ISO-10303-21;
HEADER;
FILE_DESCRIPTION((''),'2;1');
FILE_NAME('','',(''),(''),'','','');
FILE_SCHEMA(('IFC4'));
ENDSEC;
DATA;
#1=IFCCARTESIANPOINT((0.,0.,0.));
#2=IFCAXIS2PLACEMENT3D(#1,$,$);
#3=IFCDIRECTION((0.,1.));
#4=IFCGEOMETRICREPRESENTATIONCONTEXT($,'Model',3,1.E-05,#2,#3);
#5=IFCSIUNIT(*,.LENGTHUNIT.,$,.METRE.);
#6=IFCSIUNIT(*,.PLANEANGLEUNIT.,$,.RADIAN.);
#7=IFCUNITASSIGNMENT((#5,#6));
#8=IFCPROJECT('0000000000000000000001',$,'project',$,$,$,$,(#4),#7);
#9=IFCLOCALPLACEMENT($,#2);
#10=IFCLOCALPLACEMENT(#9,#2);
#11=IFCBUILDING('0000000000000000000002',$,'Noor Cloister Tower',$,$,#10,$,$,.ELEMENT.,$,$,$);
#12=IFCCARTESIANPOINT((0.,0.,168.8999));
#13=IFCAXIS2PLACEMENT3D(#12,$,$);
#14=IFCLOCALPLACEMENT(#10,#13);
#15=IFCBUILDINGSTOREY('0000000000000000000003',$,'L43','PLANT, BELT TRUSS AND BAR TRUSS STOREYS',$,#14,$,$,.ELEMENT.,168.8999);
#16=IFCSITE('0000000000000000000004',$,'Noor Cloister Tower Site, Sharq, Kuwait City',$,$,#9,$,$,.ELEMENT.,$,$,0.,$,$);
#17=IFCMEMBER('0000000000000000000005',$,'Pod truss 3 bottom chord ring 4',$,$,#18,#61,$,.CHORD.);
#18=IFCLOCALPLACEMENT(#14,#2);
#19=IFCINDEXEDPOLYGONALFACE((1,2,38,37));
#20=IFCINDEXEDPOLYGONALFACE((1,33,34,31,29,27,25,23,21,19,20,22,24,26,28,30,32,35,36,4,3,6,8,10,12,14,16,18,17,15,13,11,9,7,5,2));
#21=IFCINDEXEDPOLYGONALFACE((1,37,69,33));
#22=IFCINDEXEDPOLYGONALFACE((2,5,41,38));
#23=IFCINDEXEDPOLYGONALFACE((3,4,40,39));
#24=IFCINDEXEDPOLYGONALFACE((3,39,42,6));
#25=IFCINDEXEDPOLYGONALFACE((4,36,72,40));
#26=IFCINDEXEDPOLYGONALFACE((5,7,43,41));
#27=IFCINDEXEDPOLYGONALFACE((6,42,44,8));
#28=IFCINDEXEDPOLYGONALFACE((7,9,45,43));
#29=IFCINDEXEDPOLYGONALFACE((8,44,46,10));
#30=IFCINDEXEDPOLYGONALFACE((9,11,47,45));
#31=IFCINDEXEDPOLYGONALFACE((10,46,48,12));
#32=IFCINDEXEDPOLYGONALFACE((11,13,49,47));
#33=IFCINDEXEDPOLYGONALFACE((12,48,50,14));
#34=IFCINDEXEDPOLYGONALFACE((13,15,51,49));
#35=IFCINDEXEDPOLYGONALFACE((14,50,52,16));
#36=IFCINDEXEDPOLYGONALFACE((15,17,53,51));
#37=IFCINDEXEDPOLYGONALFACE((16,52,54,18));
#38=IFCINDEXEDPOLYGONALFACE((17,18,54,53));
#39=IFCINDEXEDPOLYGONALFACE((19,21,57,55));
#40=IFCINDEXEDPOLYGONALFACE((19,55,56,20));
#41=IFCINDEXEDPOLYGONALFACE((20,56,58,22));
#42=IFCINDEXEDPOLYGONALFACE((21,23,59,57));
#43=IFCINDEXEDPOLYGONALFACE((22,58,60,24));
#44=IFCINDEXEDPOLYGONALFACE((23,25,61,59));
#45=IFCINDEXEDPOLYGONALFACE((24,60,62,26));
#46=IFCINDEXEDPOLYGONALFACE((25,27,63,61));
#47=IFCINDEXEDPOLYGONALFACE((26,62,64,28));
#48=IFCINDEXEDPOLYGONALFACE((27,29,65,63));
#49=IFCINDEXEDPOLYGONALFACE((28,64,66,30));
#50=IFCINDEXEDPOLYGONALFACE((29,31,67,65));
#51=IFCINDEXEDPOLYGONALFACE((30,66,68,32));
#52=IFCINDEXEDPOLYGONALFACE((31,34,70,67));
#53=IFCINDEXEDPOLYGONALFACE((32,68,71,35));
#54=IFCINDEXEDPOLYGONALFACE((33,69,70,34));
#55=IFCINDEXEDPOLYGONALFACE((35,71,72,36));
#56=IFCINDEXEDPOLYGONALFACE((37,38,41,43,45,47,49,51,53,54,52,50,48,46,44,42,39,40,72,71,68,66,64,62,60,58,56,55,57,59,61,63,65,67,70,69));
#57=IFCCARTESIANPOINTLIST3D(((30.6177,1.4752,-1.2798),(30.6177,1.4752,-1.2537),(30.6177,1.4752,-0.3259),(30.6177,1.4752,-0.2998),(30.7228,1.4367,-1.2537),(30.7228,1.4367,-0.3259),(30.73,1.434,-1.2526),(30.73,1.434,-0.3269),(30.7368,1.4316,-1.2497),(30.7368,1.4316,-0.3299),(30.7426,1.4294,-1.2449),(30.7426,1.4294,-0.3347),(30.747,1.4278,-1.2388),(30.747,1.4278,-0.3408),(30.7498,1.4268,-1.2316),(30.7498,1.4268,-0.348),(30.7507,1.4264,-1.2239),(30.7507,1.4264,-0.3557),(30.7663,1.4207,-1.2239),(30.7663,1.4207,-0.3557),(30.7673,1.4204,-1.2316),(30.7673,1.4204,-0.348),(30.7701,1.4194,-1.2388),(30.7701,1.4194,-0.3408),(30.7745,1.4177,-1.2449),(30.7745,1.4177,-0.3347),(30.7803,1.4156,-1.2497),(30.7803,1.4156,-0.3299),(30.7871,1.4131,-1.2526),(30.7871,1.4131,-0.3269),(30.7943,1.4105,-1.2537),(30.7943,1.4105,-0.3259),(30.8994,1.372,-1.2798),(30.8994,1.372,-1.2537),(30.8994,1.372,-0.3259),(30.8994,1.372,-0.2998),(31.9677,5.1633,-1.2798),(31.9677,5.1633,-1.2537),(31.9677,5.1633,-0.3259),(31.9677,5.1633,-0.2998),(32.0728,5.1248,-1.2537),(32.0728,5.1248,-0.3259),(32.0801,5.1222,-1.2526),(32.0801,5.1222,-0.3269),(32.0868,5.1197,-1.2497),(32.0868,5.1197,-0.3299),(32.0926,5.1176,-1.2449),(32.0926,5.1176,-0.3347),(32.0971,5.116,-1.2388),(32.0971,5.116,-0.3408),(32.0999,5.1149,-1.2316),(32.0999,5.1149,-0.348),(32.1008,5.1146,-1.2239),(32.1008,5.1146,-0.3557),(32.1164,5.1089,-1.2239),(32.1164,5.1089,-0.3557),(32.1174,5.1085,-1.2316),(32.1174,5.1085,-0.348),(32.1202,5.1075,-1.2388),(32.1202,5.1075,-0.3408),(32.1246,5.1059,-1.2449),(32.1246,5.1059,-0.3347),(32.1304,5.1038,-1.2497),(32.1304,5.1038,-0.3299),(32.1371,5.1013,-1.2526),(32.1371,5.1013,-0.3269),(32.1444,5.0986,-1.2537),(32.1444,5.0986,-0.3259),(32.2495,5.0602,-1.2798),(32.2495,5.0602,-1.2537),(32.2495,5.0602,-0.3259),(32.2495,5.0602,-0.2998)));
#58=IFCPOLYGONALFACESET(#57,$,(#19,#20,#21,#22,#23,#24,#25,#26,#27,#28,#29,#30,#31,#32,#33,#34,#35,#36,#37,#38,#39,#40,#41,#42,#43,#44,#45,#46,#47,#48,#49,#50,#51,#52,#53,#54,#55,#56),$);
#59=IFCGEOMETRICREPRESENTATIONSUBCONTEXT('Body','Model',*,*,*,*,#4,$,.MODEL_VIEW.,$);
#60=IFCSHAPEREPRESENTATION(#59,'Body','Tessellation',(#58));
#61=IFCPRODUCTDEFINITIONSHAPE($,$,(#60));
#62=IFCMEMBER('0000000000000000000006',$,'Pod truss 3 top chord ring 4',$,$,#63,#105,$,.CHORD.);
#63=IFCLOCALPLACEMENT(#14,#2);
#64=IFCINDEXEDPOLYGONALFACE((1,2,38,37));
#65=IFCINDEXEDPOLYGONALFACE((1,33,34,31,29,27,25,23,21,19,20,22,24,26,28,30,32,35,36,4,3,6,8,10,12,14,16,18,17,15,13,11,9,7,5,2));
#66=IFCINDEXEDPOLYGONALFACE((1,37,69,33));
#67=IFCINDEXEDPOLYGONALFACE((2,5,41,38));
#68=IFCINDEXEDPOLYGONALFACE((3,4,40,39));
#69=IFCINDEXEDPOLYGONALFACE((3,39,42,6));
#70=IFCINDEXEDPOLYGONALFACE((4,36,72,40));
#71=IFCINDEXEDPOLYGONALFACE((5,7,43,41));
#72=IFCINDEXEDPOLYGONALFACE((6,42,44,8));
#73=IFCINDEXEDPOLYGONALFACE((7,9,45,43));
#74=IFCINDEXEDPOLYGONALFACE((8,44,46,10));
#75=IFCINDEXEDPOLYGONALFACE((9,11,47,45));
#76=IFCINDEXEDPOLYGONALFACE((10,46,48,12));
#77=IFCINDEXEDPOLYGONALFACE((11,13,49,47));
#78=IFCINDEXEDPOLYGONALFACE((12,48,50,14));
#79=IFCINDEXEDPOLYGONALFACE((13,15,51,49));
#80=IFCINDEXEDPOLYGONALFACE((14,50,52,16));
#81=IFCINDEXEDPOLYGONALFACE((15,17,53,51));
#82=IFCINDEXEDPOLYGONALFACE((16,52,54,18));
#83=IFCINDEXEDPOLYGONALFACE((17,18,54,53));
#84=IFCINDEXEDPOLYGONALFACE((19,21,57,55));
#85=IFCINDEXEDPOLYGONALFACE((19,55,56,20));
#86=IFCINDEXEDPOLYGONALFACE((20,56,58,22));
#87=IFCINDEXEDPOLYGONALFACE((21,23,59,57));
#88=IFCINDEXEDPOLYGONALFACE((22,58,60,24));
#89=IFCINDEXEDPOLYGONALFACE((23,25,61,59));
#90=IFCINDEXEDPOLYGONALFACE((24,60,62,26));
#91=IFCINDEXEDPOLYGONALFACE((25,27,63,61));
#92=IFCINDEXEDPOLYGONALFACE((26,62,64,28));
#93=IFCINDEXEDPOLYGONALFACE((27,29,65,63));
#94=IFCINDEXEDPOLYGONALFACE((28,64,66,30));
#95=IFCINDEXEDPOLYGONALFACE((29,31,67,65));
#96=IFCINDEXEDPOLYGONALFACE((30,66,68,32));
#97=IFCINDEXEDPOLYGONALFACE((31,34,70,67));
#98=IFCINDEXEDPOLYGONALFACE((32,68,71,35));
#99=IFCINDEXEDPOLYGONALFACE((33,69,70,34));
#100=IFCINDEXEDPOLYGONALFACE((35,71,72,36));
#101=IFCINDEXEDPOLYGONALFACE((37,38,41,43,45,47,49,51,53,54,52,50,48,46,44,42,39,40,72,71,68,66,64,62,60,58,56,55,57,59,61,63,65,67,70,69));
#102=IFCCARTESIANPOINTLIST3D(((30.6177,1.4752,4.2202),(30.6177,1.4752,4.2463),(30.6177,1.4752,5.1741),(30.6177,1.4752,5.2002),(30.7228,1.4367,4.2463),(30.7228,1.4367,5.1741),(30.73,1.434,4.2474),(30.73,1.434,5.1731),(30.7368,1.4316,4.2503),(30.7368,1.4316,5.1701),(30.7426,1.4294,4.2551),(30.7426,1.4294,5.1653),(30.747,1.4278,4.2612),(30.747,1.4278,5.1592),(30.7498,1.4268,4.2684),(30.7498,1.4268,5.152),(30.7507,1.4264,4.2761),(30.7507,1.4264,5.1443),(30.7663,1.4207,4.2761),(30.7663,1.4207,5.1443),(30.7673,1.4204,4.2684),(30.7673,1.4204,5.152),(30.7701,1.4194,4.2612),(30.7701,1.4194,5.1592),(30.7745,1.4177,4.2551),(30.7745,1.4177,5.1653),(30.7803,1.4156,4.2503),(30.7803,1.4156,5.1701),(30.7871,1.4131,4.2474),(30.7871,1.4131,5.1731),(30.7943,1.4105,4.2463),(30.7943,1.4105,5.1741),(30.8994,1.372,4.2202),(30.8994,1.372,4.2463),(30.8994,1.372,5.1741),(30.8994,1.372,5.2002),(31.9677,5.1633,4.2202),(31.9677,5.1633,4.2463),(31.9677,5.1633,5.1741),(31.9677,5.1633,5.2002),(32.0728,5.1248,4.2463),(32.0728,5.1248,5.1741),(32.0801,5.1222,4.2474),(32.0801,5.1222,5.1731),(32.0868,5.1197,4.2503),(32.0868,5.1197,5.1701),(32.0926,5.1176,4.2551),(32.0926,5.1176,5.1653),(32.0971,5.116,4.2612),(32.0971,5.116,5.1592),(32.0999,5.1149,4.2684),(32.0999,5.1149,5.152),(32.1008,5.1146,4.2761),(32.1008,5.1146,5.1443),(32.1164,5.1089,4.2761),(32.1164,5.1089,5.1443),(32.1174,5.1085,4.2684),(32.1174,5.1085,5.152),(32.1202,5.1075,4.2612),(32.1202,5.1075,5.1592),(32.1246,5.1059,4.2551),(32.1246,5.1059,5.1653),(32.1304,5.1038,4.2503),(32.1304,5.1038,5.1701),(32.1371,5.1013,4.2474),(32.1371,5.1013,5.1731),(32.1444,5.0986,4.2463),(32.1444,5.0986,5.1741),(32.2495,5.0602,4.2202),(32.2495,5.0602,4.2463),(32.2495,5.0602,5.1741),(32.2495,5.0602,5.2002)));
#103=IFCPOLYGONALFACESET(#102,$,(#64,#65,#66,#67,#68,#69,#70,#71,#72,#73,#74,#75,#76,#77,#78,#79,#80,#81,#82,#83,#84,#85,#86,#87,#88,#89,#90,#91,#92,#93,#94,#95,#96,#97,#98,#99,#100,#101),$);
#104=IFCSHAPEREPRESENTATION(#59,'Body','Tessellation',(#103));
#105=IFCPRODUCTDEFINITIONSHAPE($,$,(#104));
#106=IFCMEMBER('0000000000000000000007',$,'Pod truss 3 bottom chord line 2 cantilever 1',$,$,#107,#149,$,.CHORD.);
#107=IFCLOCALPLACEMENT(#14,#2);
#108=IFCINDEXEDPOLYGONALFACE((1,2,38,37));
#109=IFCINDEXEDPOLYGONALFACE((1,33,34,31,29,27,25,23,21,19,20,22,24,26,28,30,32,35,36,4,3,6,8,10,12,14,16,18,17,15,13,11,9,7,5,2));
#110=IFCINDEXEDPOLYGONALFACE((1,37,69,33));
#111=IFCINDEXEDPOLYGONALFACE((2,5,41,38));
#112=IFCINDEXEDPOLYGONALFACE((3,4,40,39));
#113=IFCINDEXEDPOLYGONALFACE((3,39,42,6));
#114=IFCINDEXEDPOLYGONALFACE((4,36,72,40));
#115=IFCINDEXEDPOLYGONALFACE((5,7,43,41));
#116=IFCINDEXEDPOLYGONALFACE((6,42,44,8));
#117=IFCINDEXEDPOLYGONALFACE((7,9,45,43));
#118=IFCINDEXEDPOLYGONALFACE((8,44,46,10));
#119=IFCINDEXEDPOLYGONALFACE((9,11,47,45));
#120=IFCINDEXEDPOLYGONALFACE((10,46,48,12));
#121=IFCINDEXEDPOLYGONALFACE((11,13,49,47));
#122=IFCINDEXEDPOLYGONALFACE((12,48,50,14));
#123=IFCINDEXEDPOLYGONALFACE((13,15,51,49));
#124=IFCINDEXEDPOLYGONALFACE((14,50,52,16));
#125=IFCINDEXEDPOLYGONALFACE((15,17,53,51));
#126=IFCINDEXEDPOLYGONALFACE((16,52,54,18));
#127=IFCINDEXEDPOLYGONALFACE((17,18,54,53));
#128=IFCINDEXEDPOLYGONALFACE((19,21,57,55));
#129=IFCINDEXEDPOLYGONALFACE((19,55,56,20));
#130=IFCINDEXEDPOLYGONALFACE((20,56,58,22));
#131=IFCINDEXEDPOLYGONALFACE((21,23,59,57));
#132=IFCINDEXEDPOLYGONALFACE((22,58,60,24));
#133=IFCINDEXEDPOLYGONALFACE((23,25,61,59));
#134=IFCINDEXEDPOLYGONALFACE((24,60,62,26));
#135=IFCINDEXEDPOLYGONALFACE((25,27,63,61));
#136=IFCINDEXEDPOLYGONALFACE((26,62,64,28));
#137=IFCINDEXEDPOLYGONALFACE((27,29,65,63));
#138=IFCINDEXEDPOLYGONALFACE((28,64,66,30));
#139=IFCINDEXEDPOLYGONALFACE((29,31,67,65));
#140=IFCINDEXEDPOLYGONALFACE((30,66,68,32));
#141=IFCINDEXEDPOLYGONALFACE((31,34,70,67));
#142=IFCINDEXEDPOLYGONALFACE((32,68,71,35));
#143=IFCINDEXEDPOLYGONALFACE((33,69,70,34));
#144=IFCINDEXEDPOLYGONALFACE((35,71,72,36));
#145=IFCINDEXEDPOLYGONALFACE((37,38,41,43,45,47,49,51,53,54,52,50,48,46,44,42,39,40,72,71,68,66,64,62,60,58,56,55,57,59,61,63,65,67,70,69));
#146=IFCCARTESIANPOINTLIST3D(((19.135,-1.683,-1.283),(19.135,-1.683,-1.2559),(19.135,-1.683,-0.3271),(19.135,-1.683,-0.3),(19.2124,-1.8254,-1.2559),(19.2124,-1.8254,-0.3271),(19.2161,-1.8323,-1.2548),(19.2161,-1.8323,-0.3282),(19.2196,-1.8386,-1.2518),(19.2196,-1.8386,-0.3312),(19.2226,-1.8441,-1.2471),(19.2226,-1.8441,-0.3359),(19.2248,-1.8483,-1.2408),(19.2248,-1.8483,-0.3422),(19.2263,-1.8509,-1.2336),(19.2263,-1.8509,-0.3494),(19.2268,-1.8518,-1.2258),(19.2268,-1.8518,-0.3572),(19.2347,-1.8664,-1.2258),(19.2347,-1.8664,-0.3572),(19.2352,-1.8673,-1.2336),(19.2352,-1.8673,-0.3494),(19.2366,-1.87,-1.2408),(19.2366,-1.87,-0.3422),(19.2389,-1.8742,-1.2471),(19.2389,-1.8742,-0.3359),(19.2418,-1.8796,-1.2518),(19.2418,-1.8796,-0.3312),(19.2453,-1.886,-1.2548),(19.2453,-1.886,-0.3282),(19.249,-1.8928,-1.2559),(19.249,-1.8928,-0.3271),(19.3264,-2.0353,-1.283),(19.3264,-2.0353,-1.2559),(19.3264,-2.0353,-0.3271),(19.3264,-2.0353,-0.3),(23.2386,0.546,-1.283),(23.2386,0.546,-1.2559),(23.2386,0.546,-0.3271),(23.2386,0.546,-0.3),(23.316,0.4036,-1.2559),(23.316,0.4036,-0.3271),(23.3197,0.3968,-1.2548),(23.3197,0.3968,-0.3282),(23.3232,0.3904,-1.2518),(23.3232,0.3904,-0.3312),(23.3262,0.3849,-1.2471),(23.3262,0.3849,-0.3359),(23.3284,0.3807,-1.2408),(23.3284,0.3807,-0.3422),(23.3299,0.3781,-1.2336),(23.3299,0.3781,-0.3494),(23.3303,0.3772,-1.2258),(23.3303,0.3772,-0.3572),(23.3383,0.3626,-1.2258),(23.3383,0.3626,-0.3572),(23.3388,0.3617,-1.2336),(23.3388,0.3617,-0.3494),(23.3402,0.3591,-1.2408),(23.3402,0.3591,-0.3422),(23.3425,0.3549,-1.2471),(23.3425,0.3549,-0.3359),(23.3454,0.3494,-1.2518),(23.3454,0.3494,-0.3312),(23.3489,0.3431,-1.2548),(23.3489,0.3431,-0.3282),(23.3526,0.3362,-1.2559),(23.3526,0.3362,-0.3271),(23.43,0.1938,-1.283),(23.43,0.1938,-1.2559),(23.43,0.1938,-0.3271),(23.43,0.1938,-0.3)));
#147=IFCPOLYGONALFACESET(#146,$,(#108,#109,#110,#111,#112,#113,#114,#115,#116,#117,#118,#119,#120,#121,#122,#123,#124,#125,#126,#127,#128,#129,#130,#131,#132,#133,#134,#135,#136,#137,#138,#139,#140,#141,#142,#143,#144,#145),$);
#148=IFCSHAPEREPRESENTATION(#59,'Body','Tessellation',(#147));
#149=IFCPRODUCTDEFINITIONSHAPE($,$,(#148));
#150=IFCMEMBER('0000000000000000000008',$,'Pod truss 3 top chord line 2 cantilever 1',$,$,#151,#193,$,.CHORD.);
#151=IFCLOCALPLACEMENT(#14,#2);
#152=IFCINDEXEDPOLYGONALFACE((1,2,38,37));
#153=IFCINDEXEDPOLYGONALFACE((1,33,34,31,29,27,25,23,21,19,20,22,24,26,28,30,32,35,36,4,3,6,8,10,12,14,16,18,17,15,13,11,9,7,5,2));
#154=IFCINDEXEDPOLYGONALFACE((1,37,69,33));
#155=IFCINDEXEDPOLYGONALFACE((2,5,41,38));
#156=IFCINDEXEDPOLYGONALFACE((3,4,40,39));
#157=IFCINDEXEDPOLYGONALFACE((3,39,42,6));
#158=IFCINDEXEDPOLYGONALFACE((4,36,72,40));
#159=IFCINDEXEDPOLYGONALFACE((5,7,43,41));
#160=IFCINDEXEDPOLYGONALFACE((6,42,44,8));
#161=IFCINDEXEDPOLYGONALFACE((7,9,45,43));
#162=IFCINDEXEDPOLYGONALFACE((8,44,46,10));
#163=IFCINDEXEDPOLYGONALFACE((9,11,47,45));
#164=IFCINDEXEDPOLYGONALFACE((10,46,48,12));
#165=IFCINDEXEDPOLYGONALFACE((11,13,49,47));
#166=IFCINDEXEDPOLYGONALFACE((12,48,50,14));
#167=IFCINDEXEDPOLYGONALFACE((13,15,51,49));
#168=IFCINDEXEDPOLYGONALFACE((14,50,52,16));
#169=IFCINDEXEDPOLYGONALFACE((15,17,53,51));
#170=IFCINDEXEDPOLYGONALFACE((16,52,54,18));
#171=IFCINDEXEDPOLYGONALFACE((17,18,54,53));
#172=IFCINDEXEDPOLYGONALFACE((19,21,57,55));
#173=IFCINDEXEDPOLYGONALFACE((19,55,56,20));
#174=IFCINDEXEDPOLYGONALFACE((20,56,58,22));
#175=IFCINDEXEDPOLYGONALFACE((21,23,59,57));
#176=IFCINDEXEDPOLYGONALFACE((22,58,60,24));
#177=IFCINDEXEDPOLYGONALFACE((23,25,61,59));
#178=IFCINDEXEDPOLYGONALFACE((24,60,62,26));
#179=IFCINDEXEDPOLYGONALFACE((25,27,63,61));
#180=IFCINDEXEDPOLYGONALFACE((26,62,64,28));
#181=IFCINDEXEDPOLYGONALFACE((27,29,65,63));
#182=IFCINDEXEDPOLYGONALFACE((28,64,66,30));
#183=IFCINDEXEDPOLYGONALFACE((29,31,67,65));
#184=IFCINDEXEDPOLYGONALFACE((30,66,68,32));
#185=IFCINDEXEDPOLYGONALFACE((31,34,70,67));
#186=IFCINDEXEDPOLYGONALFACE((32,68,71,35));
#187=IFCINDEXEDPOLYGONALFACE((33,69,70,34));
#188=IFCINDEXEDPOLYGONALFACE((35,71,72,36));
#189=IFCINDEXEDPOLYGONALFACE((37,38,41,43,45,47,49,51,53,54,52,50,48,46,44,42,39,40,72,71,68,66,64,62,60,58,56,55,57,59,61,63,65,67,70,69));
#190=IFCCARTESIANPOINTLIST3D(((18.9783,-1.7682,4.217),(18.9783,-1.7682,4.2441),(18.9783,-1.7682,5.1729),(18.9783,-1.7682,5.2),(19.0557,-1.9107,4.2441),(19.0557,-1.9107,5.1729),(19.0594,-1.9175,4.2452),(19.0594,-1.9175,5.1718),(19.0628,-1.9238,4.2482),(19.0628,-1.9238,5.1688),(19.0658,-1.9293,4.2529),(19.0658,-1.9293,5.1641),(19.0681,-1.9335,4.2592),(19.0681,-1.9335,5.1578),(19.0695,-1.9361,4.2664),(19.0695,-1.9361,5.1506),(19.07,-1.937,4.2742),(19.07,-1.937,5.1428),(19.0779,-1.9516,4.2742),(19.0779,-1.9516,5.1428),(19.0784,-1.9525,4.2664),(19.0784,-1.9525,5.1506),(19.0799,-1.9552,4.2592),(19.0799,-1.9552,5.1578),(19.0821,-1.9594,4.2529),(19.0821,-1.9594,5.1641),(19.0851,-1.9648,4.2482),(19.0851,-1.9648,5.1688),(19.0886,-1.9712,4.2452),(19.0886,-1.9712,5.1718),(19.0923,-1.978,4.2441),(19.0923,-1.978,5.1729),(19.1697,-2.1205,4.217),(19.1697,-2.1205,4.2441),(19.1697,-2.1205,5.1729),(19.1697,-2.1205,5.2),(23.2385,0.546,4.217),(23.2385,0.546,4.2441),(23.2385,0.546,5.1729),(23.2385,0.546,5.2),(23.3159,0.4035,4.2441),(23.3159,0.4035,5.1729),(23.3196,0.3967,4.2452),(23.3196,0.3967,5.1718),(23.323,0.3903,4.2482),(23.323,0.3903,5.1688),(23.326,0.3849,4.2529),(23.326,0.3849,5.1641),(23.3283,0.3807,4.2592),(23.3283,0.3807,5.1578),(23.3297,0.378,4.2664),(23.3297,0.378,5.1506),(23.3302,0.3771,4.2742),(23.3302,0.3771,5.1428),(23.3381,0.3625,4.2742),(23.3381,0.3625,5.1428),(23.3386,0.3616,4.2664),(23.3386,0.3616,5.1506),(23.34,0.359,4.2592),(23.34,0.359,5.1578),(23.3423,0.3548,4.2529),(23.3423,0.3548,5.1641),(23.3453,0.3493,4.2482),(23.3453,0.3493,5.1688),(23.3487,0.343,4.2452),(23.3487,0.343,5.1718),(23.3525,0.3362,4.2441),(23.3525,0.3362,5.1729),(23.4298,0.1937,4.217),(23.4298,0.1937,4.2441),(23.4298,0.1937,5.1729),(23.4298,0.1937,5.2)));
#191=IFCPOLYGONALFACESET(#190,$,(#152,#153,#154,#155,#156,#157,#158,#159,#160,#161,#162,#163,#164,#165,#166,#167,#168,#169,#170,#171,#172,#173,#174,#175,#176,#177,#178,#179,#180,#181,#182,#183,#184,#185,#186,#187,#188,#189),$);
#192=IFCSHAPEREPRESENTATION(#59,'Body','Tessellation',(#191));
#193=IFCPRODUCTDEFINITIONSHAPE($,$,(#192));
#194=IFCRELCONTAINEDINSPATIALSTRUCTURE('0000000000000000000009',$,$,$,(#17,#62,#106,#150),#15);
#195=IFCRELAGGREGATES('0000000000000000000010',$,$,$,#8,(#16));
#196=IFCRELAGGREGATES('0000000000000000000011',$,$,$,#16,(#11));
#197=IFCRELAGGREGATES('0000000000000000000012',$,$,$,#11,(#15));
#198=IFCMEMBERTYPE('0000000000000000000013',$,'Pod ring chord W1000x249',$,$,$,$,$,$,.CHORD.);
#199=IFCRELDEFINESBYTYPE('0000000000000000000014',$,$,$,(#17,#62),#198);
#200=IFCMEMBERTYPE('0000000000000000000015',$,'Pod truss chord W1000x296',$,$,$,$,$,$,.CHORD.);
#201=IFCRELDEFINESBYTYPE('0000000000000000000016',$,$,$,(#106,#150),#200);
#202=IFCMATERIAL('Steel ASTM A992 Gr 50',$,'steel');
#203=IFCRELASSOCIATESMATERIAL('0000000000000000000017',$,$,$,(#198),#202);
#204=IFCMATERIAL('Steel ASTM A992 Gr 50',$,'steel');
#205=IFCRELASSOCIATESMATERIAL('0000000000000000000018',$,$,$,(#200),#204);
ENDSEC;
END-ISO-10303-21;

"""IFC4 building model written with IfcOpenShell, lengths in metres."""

from ifc_helpers import new_model, si_unit, direction, frame, origin, origin_2d, place, context, subcontext, project, spatial, i_section, extrude, material, material_profile, profile_set, type_object, element, save


model = new_model("IFC4")

# Units and contexts
model_context = context("Model", 3, precision=1e-05, world=origin(), true_north=direction((0.0, 1.0)))
body_context = subcontext(model_context, "Body", "Model", "MODEL_VIEW")
ifc_project = project(units=[si_unit("LENGTHUNIT", "METRE"), si_unit("PLANEANGLEUNIT", "RADIAN")], contexts=[model_context])

# Site, building, storey
site_placement = place(None, origin())
site = spatial("IfcSite", under=ifc_project, at=site_placement, Name="Noor Cloister Tower Site, Sharq, Kuwait City", CompositionType="ELEMENT", RefElevation=0.0)
building_placement = place(site_placement, origin())
building = spatial("IfcBuilding", under=site, at=building_placement, Name="Noor Cloister Tower", CompositionType="ELEMENT")
storey_placement = place(building_placement, frame((0.0, 0.0, 168.8999)))
storey = spatial("IfcBuildingStorey", under=building, at=storey_placement, Name="L43", Description="PLANT, BELT TRUSS AND BAR TRUSS STOREYS", CompositionType="ELEMENT", Elevation=168.8999)

# Members
ifc_material_1 = material(Name="Steel ASTM A992 Gr 50", Category="steel")
ifc_material_profile_1 = material_profile(ifc_material_1, i_section(OverallWidth=0.3, OverallDepth=0.98, WebThickness=0.0166, FlangeThickness=0.0261, FilletRadius=0.0298, at=origin_2d()), Name="W1000x249")
ifc_profile_set_1 = profile_set([ifc_material_profile_1], Name="Steel ASTM A992 Gr 50")
member_type_1 = type_object("IfcMemberType", Name="Pod ring chord W1000x249", PredefinedType="CHORD", material=ifc_profile_set_1)
for number, where, z_axis, x_axis, name in (
    (1, (30.7585, 1.4236, -0.7898), (0.343749, 0.939062, 0.0), (-0.939062, 0.343749, 0.0), "Pod truss 3 bottom chord ring 4"),
    (2, (30.7585, 1.4236, 4.7102), (0.343749, 0.939062, 0.0), (-0.939062, 0.343749, 0.0), "Pod truss 3 top chord ring 4"),
):
    element("IfcMember", number, at=place(storey_placement, frame(where, z_axis=z_axis, x_axis=x_axis)), inside=storey, type_object=member_type_1, Name=name, PredefinedType="CHORD", context=body_context, shape_type="SweptSolid", body=[
        extrude(i_section(OverallWidth=0.3, OverallDepth=0.98, WebThickness=0.0166, FlangeThickness=0.0261, FilletRadius=0.0298, at=origin_2d()), origin(), (0.0, 0.0, 1.0), 3.9275),
    ])
ifc_material_2 = material(Name="Steel ASTM A992 Gr 50", Category="steel")
ifc_material_profile_2 = material_profile(ifc_material_2, i_section(OverallWidth=0.4009, OverallDepth=0.9829, WebThickness=0.0166, FlangeThickness=0.0271, FilletRadius=0.03, at=origin_2d()), Name="W1000x296")
ifc_profile_set_2 = profile_set([ifc_material_profile_2], Name="Steel ASTM A992 Gr 50")
member_type_2 = type_object("IfcMemberType", Name="Pod truss chord W1000x296", PredefinedType="CHORD", material=ifc_profile_set_2)
member_1_placement = place(storey_placement, frame((19.2307, -1.8591, -0.7915), z_axis=(0.878729, 0.47732, 0.0), x_axis=(-0.47732, 0.878729, 0.0)))
element("IfcMember", 3, at=member_1_placement, inside=storey, type_object=member_type_2, Name="Pod truss 3 bottom chord line 2 cantilever 1", PredefinedType="CHORD", context=body_context, shape_type="SweptSolid", body=[
    extrude(i_section(OverallWidth=0.4009, OverallDepth=0.9829, WebThickness=0.0166, FlangeThickness=0.0271, FilletRadius=0.03, at=origin_2d()), origin(), (0.0, 0.0, 1.0), 4.6699),
])
member_2_placement = place(storey_placement, frame((19.074, -1.9443, 4.7085), z_axis=(0.878724, 0.477331, 0.0), x_axis=(-0.477331, 0.878724, 0.0)))
element("IfcMember", 4, at=member_2_placement, inside=storey, type_object=member_type_2, Name="Pod truss 3 top chord line 2 cantilever 1", PredefinedType="CHORD", context=body_context, shape_type="SweptSolid", body=[
    extrude(i_section(OverallWidth=0.4009, OverallDepth=0.9829, WebThickness=0.0166, FlangeThickness=0.0271, FilletRadius=0.03, at=origin_2d()), origin(), (0.0, 0.0, 1.0), 4.8481),
])

save(model, "model.ifc")
